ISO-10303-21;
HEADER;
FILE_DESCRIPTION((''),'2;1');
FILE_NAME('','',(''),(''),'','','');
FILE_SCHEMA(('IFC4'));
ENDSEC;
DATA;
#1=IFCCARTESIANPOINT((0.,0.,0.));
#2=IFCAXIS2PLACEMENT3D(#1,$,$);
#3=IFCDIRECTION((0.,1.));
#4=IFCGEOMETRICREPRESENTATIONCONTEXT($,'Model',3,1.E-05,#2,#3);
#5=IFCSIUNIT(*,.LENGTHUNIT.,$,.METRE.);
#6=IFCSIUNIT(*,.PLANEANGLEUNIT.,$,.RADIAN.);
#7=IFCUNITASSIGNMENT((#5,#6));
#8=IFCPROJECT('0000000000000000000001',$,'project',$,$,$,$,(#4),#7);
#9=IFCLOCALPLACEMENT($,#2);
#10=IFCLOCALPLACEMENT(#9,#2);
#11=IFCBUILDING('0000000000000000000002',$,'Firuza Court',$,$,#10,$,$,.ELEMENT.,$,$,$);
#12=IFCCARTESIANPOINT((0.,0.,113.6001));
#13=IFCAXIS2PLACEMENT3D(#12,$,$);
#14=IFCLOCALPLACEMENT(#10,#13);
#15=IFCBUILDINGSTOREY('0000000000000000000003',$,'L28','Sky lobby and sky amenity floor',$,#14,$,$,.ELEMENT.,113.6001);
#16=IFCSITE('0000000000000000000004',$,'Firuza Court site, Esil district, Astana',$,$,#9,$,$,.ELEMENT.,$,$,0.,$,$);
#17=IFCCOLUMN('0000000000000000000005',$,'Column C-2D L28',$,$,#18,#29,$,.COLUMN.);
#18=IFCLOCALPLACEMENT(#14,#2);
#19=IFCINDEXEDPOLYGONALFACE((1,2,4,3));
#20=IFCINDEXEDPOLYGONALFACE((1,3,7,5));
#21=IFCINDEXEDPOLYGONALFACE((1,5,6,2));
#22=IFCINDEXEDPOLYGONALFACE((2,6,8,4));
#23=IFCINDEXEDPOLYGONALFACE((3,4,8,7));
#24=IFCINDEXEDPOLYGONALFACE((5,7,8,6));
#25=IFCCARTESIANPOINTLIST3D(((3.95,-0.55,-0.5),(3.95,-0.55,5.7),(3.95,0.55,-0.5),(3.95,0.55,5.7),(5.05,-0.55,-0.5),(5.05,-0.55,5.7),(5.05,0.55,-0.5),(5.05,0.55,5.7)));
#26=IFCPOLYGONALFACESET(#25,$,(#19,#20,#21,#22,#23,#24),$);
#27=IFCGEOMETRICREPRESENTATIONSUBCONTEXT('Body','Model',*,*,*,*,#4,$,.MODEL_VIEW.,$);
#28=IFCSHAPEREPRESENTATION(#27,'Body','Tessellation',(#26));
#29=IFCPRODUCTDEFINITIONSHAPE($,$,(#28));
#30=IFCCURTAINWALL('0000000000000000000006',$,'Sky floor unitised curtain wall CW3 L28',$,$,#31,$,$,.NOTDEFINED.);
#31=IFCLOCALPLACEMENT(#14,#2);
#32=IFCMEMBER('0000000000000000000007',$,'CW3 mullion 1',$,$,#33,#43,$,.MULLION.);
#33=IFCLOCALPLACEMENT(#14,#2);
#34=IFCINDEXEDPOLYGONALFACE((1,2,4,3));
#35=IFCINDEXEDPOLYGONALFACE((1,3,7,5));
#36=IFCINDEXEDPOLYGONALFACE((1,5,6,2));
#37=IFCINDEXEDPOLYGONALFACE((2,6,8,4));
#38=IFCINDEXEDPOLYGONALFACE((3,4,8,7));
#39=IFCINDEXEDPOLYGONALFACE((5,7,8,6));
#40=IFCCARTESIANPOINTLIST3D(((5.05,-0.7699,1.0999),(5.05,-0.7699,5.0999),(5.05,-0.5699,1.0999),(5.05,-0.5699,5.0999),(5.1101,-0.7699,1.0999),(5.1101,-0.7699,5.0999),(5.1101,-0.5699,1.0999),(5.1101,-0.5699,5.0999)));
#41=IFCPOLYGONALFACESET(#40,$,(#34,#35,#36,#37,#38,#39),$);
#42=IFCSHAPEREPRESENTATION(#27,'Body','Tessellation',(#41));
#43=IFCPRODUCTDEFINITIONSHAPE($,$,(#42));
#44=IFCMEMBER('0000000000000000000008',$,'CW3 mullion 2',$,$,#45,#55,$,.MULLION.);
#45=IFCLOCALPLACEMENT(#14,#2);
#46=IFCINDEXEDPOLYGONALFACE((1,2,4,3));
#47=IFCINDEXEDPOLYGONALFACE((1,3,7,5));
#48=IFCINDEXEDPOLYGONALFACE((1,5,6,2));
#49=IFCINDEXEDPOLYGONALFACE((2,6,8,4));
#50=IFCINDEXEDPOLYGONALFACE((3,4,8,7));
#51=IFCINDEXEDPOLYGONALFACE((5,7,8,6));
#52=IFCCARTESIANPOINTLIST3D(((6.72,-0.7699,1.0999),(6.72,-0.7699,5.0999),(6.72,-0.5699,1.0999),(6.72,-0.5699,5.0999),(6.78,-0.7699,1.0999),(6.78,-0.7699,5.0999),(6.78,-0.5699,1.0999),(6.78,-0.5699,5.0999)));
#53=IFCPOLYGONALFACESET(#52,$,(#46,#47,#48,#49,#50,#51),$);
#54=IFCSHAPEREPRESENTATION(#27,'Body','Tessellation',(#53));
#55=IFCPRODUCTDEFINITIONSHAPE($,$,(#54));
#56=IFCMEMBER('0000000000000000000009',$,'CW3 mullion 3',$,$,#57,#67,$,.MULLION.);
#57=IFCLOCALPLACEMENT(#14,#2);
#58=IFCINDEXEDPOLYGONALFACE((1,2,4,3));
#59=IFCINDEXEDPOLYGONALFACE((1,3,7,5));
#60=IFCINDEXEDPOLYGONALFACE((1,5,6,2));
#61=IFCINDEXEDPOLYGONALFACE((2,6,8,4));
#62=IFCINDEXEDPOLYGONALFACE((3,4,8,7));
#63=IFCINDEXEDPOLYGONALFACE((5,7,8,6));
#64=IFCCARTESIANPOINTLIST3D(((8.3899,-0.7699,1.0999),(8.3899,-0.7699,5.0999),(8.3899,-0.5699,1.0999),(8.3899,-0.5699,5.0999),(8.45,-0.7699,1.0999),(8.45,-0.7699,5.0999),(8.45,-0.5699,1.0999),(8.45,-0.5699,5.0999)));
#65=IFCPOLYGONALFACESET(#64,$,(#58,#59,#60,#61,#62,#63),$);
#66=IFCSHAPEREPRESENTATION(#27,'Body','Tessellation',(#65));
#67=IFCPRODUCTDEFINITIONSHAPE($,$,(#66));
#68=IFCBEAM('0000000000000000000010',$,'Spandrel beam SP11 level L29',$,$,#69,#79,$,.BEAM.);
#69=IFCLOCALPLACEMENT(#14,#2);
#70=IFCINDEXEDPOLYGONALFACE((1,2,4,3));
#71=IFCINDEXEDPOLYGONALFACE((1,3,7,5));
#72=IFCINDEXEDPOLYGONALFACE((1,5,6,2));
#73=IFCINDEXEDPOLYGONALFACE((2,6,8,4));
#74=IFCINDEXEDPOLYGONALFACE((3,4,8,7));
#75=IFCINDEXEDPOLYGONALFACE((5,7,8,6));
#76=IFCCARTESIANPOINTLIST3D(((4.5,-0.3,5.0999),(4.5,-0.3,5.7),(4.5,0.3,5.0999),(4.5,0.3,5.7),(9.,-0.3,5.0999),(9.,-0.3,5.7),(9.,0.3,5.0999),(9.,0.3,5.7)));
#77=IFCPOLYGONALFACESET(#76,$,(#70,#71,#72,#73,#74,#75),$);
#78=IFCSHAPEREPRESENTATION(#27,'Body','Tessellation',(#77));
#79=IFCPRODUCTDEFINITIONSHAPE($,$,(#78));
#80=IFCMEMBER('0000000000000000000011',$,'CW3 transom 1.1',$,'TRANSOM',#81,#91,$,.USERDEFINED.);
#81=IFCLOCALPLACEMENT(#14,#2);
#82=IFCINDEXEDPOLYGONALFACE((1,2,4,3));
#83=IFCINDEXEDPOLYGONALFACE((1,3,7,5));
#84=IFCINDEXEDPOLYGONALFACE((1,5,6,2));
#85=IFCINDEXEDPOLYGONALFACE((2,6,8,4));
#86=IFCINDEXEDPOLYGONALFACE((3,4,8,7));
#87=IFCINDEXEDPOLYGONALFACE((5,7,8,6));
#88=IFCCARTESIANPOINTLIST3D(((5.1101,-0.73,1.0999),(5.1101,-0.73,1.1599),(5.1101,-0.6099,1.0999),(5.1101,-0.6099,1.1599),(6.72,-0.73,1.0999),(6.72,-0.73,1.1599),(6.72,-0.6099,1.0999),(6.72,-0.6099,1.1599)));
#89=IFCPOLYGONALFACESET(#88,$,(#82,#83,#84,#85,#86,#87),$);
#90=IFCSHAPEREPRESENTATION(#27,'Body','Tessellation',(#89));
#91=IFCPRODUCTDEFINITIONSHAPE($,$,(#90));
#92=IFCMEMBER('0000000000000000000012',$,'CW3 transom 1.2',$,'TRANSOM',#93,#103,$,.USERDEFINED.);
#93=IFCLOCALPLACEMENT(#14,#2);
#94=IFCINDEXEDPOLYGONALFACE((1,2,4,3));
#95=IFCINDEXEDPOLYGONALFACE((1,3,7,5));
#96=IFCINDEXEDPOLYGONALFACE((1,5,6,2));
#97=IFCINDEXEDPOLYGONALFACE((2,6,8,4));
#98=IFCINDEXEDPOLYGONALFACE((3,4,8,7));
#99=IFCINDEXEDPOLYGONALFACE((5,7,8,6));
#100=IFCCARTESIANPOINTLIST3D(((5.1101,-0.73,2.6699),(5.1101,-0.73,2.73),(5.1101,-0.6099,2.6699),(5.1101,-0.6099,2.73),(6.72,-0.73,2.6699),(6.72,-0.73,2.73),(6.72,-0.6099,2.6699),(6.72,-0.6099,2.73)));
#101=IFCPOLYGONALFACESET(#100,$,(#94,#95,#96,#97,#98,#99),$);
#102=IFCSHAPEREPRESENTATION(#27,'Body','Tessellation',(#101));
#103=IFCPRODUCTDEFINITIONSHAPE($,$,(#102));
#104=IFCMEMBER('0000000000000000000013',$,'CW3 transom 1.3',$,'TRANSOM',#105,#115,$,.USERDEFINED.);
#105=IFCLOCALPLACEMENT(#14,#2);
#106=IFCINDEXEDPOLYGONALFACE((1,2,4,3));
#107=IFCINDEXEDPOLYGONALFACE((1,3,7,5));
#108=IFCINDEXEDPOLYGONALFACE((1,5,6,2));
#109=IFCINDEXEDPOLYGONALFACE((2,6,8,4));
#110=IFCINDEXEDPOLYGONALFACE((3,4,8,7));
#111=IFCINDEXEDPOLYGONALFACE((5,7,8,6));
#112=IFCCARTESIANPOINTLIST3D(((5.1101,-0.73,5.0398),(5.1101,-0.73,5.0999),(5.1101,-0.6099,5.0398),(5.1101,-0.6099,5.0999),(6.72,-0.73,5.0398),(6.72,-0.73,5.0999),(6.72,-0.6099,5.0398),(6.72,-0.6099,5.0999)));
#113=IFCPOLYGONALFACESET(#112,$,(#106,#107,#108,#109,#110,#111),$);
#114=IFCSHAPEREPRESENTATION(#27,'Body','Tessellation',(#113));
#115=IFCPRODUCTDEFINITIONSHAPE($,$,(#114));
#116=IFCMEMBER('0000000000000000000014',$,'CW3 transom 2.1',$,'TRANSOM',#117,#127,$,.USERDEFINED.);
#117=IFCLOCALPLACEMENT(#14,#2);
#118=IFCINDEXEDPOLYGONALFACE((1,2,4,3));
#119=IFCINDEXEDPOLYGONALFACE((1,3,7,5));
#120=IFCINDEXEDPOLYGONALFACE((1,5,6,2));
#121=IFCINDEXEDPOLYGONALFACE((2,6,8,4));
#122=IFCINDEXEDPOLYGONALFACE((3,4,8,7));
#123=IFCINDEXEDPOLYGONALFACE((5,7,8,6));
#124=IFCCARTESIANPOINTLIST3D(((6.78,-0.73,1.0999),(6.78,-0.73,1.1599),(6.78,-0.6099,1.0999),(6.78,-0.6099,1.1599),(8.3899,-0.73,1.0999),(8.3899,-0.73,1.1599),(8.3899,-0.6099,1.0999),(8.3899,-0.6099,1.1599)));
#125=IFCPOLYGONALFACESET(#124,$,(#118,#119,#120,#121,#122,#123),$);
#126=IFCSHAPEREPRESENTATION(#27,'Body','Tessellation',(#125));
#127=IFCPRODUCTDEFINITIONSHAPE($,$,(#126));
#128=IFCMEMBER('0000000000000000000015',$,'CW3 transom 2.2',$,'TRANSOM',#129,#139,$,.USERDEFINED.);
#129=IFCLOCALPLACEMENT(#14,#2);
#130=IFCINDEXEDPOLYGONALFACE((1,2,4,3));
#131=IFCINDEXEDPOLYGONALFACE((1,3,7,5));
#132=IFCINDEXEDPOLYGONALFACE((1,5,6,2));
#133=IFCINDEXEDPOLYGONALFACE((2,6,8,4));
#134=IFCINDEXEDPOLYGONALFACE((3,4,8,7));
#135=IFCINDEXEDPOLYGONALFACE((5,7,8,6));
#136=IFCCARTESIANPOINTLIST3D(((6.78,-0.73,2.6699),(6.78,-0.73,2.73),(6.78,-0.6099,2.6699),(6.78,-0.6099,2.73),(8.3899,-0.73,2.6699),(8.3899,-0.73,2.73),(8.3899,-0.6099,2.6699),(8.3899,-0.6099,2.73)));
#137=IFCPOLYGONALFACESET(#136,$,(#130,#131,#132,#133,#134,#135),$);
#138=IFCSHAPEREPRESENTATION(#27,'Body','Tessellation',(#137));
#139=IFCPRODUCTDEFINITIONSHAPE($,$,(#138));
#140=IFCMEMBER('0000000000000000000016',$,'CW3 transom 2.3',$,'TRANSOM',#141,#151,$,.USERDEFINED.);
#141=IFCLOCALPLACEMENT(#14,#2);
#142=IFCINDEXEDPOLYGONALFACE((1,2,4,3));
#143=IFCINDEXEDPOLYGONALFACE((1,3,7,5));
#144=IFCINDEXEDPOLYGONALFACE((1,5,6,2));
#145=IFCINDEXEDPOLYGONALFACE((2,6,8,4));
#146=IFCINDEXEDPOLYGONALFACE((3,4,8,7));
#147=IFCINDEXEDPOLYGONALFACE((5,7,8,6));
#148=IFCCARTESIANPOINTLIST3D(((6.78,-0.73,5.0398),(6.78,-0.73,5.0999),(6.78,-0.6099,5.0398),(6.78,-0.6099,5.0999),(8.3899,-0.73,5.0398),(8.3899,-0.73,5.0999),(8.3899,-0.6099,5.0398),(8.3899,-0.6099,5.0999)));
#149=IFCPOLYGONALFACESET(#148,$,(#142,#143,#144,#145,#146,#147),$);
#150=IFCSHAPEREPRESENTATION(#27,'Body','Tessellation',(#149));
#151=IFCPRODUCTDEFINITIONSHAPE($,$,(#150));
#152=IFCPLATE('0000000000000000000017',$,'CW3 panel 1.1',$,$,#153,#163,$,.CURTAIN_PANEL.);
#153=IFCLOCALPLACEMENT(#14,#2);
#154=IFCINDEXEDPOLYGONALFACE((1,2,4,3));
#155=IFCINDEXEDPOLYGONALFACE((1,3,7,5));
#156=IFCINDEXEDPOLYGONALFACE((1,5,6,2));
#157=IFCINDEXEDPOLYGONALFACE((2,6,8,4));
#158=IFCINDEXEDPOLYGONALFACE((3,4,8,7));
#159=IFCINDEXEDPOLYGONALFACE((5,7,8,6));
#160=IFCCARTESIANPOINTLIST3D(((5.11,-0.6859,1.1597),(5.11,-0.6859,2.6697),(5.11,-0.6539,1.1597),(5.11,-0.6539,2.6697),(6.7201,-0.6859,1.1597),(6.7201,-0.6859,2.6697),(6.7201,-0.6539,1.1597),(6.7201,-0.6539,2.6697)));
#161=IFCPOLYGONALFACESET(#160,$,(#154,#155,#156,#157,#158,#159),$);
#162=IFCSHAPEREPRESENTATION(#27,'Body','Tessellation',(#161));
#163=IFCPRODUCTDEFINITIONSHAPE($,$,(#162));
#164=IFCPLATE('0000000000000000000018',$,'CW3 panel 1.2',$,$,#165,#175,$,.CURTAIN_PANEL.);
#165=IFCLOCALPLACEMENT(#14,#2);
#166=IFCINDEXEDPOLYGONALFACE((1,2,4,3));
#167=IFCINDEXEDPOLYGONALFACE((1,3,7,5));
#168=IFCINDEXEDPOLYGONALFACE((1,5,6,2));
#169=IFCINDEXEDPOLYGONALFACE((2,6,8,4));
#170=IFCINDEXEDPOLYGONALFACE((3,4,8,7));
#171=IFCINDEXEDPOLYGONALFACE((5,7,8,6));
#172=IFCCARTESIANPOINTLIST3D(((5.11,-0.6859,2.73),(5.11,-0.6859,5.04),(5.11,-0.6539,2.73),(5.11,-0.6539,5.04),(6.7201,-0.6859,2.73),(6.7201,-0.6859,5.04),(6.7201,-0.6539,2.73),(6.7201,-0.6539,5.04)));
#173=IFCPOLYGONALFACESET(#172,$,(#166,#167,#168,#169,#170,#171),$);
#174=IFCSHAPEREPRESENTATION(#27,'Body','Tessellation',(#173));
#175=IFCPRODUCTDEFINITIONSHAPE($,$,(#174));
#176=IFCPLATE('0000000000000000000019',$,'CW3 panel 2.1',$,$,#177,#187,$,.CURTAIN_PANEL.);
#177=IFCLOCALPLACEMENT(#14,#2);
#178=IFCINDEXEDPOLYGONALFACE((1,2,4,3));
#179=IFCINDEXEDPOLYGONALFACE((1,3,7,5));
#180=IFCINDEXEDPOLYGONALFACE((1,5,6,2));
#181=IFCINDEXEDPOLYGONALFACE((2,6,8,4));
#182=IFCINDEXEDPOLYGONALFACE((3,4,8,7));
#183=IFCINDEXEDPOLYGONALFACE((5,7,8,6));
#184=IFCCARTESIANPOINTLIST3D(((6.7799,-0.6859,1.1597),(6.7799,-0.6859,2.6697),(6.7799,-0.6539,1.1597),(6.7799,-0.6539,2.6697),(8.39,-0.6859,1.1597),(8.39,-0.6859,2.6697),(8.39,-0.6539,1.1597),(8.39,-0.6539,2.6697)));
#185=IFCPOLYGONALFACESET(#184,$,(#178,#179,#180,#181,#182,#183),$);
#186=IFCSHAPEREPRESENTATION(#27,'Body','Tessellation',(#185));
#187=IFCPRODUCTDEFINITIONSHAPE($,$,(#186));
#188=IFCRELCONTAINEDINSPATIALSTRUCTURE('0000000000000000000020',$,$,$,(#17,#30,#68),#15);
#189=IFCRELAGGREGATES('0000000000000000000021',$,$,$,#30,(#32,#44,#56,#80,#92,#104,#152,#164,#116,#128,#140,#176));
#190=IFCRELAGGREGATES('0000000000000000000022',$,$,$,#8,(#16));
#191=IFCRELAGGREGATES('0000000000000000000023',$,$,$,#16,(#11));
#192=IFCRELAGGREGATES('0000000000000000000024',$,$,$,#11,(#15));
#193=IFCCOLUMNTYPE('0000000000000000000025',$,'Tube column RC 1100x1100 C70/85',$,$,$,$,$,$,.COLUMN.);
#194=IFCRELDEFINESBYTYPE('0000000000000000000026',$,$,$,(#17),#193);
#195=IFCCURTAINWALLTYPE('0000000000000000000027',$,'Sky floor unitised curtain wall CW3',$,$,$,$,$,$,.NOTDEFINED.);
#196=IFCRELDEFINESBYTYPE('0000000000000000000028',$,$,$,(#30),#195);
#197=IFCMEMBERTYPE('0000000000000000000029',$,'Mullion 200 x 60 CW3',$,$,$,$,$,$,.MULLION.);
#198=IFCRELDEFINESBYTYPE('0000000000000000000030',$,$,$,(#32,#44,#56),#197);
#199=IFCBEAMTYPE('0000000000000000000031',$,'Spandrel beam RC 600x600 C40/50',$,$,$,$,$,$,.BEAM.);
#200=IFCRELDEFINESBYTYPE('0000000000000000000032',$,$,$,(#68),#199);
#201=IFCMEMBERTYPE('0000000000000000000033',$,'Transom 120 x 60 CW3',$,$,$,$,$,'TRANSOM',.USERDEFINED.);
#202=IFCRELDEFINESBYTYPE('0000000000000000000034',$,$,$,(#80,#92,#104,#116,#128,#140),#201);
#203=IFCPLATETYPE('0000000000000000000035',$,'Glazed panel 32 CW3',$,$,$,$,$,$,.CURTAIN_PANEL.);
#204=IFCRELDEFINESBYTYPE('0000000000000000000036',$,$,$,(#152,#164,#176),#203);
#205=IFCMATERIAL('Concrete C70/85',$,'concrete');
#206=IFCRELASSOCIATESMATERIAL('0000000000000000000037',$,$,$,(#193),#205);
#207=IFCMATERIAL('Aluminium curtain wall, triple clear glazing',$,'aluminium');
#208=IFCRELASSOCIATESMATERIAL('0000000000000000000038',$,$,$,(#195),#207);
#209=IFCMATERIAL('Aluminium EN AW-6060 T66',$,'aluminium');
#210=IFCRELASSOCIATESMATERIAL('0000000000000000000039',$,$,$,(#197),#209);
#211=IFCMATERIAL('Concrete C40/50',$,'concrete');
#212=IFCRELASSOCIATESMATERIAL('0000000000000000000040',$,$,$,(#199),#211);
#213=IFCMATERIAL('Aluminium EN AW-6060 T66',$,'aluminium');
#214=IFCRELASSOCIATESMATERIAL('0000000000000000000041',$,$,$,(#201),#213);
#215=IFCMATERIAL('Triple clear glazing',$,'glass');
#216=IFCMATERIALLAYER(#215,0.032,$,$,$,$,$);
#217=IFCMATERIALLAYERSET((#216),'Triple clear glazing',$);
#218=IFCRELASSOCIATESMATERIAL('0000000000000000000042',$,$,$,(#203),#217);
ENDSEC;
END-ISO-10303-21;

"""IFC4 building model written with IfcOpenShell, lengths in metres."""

from ifc_helpers import new_model, si_unit, direction, frame, origin, origin_2d, place, context, subcontext, project, spatial, rectangle, extrude, material, layer, layer_set, material_profile, profile_set, type_object, element, aggregate, save


model = new_model("IFC4")

# Units and contexts
model_context = context("Model", 3, precision=1e-05, world=origin(), true_north=direction((0.0, 1.0)))
body_context = subcontext(model_context, "Body", "Model", "MODEL_VIEW")
ifc_project = project(units=[si_unit("LENGTHUNIT", "METRE"), si_unit("PLANEANGLEUNIT", "RADIAN")], contexts=[model_context])

# Site, building, storey
site_placement = place(None, origin())
site = spatial("IfcSite", under=ifc_project, at=site_placement, Name="Firuza Court site, Esil district, Astana", CompositionType="ELEMENT", RefElevation=0.0)
building_placement = place(site_placement, origin())
building = spatial("IfcBuilding", under=site, at=building_placement, Name="Firuza Court", CompositionType="ELEMENT")
storey_placement = place(building_placement, frame((0.0, 0.0, 113.6001)))
storey = spatial("IfcBuildingStorey", under=building, at=storey_placement, Name="L28", Description="Sky lobby and sky amenity floor", CompositionType="ELEMENT", Elevation=113.6001)

# Column
ifc_material_1 = material(Name="Concrete C70/85", Category="concrete")
ifc_material_profile_1 = material_profile(ifc_material_1, rectangle(XDim=1.1001, YDim=1.1001, at=origin_2d()), Name="RC 1100x1100")
ifc_profile_set_1 = profile_set([ifc_material_profile_1], Name="Concrete C70/85")
column_type = type_object("IfcColumnType", Name="Tube column RC 1100x1100 C70/85", PredefinedType="COLUMN", material=ifc_profile_set_1)
column_placement = place(storey_placement, frame((4.5, 0.0, -0.5), z_axis=(0.0, 0.0, 1.0), x_axis=(1.0, 0.0, 0.0)))
element("IfcColumn", 1, at=column_placement, inside=storey, type_object=column_type, Name="Column C-2D L28", PredefinedType="COLUMN", context=body_context, shape_type="SweptSolid", body=[
    extrude(rectangle(XDim=1.1001, YDim=1.1001, at=origin_2d()), origin(), (0.0, 0.0, 1.0), 6.2),
])

# Curtain wall, members
ifc_material_2 = material(Name="Aluminium curtain wall, triple clear glazing", Category="aluminium")
curtain_wall_type = type_object("IfcCurtainWallType", Name="Sky floor unitised curtain wall CW3", PredefinedType="NOTDEFINED", material=ifc_material_2)
curtain_wall_placement = place(storey_placement, origin())
curtain_wall = element("IfcCurtainWall", 2, at=curtain_wall_placement, inside=storey, type_object=curtain_wall_type, Name="Sky floor unitised curtain wall CW3 L28", PredefinedType="NOTDEFINED")
ifc_material_3 = material(Name="Aluminium EN AW-6060 T66", Category="aluminium")
ifc_material_profile_2 = material_profile(ifc_material_3, rectangle(XDim=0.2, YDim=0.0601, at=origin_2d()), Name="Mullion 200 x 60 CW3")
ifc_profile_set_2 = profile_set([ifc_material_profile_2], Name="Aluminium EN AW-6060 T66")
member_type_1 = type_object("IfcMemberType", Name="Mullion 200 x 60 CW3", PredefinedType="MULLION", material=ifc_profile_set_2)
member_1_placement = place(storey_placement, frame((5.0801, -0.6699, 1.0999), z_axis=(0.0, 0.0, 1.0), x_axis=(0.0, 1.0, 0.0)))
member_1 = element("IfcMember", 3, at=member_1_placement, type_object=member_type_1, Name="CW3 mullion 1", PredefinedType="MULLION", context=body_context, shape_type="SweptSolid", body=[
    extrude(rectangle(XDim=0.2, YDim=0.0601, at=origin_2d()), origin(), (0.0, 0.0, 1.0), 4.0),
])
member_2_placement = place(storey_placement, frame((6.75, -0.6699, 1.0999), z_axis=(0.0, 0.0, 1.0), x_axis=(0.0, 1.0, 0.0)))
member_2 = element("IfcMember", 4, at=member_2_placement, type_object=member_type_1, Name="CW3 mullion 2", PredefinedType="MULLION", context=body_context, shape_type="SweptSolid", body=[
    extrude(rectangle(XDim=0.2, YDim=0.0601, at=origin_2d()), origin(), (0.0, 0.0, 1.0), 4.0),
])
member_3_placement = place(storey_placement, frame((8.4199, -0.6699, 1.0999), z_axis=(0.0, 0.0, 1.0), x_axis=(0.0, 1.0, 0.0)))
member_3 = element("IfcMember", 5, at=member_3_placement, type_object=member_type_1, Name="CW3 mullion 3", PredefinedType="MULLION", context=body_context, shape_type="SweptSolid", body=[
    extrude(rectangle(XDim=0.2, YDim=0.0601, at=origin_2d()), origin(), (0.0, 0.0, 1.0), 4.0),
])

# Beam
ifc_material_4 = material(Name="Concrete C40/50", Category="concrete")
ifc_material_profile_3 = material_profile(ifc_material_4, rectangle(XDim=0.6001, YDim=0.6001, at=origin_2d()), Name="RC 600x600")
ifc_profile_set_3 = profile_set([ifc_material_profile_3], Name="Concrete C40/50")
beam_type = type_object("IfcBeamType", Name="Spandrel beam RC 600x600 C40/50", PredefinedType="BEAM", material=ifc_profile_set_3)
beam_placement = place(storey_placement, frame((4.5, 0.0, 5.3999), z_axis=(1.0, 0.0, 0.0), x_axis=(0.0, 1.0, 0.0)))
element("IfcBeam", 6, at=beam_placement, inside=storey, type_object=beam_type, Name="Spandrel beam SP11 level L29", PredefinedType="BEAM", context=body_context, shape_type="SweptSolid", body=[
    extrude(rectangle(XDim=0.6001, YDim=0.6001, at=origin_2d()), origin(), (0.0, 0.0, 1.0), 4.5),
])

# Members
ifc_material_5 = material(Name="Aluminium EN AW-6060 T66", Category="aluminium")
ifc_material_profile_4 = material_profile(ifc_material_5, rectangle(XDim=0.1201, YDim=0.0601, at=origin_2d()), Name="Transom 120 x 60 CW3")
ifc_profile_set_4 = profile_set([ifc_material_profile_4], Name="Aluminium EN AW-6060 T66")
member_type_2 = type_object("IfcMemberType", Name="Transom 120 x 60 CW3", ElementType="TRANSOM", PredefinedType="USERDEFINED", material=ifc_profile_set_4)
member_4_placement = place(storey_placement, frame((5.1101, -0.6699, 1.1299), z_axis=(1.0, 0.0, 0.0), x_axis=(0.0, 1.0, 0.0)))
member_4 = element("IfcMember", 7, at=member_4_placement, type_object=member_type_2, Name="CW3 transom 1.1", ObjectType="TRANSOM", PredefinedType="USERDEFINED", context=body_context, shape_type="SweptSolid", body=[
    extrude(rectangle(XDim=0.1201, YDim=0.0601, at=origin_2d()), origin(), (0.0, 0.0, 1.0), 1.6099),
])
member_5_placement = place(storey_placement, frame((5.1101, -0.6699, 2.7), z_axis=(1.0, 0.0, 0.0), x_axis=(0.0, 1.0, 0.0)))
member_5 = element("IfcMember", 8, at=member_5_placement, type_object=member_type_2, Name="CW3 transom 1.2", ObjectType="TRANSOM", PredefinedType="USERDEFINED", context=body_context, shape_type="SweptSolid", body=[
    extrude(rectangle(XDim=0.1201, YDim=0.0601, at=origin_2d()), origin(), (0.0, 0.0, 1.0), 1.6099),
])
member_6_placement = place(storey_placement, frame((5.1101, -0.6699, 5.0698), z_axis=(1.0, 0.0, 0.0), x_axis=(0.0, 1.0, 0.0)))
member_6 = element("IfcMember", 9, at=member_6_placement, type_object=member_type_2, Name="CW3 transom 1.3", ObjectType="TRANSOM", PredefinedType="USERDEFINED", context=body_context, shape_type="SweptSolid", body=[
    extrude(rectangle(XDim=0.1201, YDim=0.0601, at=origin_2d()), origin(), (0.0, 0.0, 1.0), 1.6099),
])
member_7_placement = place(storey_placement, frame((6.78, -0.6699, 1.1299), z_axis=(1.0, 0.0, 0.0), x_axis=(0.0, 1.0, 0.0)))
member_7 = element("IfcMember", 10, at=member_7_placement, type_object=member_type_2, Name="CW3 transom 2.1", ObjectType="TRANSOM", PredefinedType="USERDEFINED", context=body_context, shape_type="SweptSolid", body=[
    extrude(rectangle(XDim=0.1201, YDim=0.0601, at=origin_2d()), origin(), (0.0, 0.0, 1.0), 1.6099),
])
member_8_placement = place(storey_placement, frame((6.78, -0.6699, 2.7), z_axis=(1.0, 0.0, 0.0), x_axis=(0.0, 1.0, 0.0)))
member_8 = element("IfcMember", 11, at=member_8_placement, type_object=member_type_2, Name="CW3 transom 2.2", ObjectType="TRANSOM", PredefinedType="USERDEFINED", context=body_context, shape_type="SweptSolid", body=[
    extrude(rectangle(XDim=0.1201, YDim=0.0601, at=origin_2d()), origin(), (0.0, 0.0, 1.0), 1.6099),
])
member_9_placement = place(storey_placement, frame((6.78, -0.6699, 5.0698), z_axis=(1.0, 0.0, 0.0), x_axis=(0.0, 1.0, 0.0)))
member_9 = element("IfcMember", 12, at=member_9_placement, type_object=member_type_2, Name="CW3 transom 2.3", ObjectType="TRANSOM", PredefinedType="USERDEFINED", context=body_context, shape_type="SweptSolid", body=[
    extrude(rectangle(XDim=0.1201, YDim=0.0601, at=origin_2d()), origin(), (0.0, 0.0, 1.0), 1.6099),
])

# Plates
ifc_material_6 = material(Name="Triple clear glazing", Category="glass")
ifc_layer_1 = layer(ifc_material_6, 0.032)
ifc_layer_set_1 = layer_set([ifc_layer_1], Name="Triple clear glazing")
plate_type = type_object("IfcPlateType", Name="Glazed panel 32 CW3", PredefinedType="CURTAIN_PANEL", material=ifc_layer_set_1)
plate_1_placement = place(storey_placement, frame((5.915, -0.6699, 1.1597), z_axis=(0.0, 0.0, 1.0), x_axis=(1.0, 0.0, 0.0)))
plate_1 = element("IfcPlate", 13, at=plate_1_placement, type_object=plate_type, Name="CW3 panel 1.1", PredefinedType="CURTAIN_PANEL", context=body_context, shape_type="SweptSolid", body=[
    extrude(rectangle(XDim=1.6101, YDim=0.032, at=origin_2d()), origin(), (0.0, 0.0, 1.0), 1.51),
])
plate_2_placement = place(storey_placement, frame((5.915, -0.6699, 2.73), z_axis=(0.0, 0.0, 1.0), x_axis=(1.0, 0.0, 0.0)))
plate_2 = element("IfcPlate", 14, at=plate_2_placement, type_object=plate_type, Name="CW3 panel 1.2", PredefinedType="CURTAIN_PANEL", context=body_context, shape_type="SweptSolid", body=[
    extrude(rectangle(XDim=1.6101, YDim=0.032, at=origin_2d()), origin(), (0.0, 0.0, 1.0), 2.3101),
])
plate_3_placement = place(storey_placement, frame((7.585, -0.6699, 1.1597), z_axis=(0.0, 0.0, 1.0), x_axis=(1.0, 0.0, 0.0)))
plate_3 = element("IfcPlate", 15, at=plate_3_placement, type_object=plate_type, Name="CW3 panel 2.1", PredefinedType="CURTAIN_PANEL", context=body_context, shape_type="SweptSolid", body=[
    extrude(rectangle(XDim=1.6101, YDim=0.032, at=origin_2d()), origin(), (0.0, 0.0, 1.0), 1.51),
])
aggregate(curtain_wall, [member_1, member_2, member_3, member_4, member_5, member_6, plate_1, plate_2, member_7, member_8, member_9, plate_3])

save(model, "model.ifc")
